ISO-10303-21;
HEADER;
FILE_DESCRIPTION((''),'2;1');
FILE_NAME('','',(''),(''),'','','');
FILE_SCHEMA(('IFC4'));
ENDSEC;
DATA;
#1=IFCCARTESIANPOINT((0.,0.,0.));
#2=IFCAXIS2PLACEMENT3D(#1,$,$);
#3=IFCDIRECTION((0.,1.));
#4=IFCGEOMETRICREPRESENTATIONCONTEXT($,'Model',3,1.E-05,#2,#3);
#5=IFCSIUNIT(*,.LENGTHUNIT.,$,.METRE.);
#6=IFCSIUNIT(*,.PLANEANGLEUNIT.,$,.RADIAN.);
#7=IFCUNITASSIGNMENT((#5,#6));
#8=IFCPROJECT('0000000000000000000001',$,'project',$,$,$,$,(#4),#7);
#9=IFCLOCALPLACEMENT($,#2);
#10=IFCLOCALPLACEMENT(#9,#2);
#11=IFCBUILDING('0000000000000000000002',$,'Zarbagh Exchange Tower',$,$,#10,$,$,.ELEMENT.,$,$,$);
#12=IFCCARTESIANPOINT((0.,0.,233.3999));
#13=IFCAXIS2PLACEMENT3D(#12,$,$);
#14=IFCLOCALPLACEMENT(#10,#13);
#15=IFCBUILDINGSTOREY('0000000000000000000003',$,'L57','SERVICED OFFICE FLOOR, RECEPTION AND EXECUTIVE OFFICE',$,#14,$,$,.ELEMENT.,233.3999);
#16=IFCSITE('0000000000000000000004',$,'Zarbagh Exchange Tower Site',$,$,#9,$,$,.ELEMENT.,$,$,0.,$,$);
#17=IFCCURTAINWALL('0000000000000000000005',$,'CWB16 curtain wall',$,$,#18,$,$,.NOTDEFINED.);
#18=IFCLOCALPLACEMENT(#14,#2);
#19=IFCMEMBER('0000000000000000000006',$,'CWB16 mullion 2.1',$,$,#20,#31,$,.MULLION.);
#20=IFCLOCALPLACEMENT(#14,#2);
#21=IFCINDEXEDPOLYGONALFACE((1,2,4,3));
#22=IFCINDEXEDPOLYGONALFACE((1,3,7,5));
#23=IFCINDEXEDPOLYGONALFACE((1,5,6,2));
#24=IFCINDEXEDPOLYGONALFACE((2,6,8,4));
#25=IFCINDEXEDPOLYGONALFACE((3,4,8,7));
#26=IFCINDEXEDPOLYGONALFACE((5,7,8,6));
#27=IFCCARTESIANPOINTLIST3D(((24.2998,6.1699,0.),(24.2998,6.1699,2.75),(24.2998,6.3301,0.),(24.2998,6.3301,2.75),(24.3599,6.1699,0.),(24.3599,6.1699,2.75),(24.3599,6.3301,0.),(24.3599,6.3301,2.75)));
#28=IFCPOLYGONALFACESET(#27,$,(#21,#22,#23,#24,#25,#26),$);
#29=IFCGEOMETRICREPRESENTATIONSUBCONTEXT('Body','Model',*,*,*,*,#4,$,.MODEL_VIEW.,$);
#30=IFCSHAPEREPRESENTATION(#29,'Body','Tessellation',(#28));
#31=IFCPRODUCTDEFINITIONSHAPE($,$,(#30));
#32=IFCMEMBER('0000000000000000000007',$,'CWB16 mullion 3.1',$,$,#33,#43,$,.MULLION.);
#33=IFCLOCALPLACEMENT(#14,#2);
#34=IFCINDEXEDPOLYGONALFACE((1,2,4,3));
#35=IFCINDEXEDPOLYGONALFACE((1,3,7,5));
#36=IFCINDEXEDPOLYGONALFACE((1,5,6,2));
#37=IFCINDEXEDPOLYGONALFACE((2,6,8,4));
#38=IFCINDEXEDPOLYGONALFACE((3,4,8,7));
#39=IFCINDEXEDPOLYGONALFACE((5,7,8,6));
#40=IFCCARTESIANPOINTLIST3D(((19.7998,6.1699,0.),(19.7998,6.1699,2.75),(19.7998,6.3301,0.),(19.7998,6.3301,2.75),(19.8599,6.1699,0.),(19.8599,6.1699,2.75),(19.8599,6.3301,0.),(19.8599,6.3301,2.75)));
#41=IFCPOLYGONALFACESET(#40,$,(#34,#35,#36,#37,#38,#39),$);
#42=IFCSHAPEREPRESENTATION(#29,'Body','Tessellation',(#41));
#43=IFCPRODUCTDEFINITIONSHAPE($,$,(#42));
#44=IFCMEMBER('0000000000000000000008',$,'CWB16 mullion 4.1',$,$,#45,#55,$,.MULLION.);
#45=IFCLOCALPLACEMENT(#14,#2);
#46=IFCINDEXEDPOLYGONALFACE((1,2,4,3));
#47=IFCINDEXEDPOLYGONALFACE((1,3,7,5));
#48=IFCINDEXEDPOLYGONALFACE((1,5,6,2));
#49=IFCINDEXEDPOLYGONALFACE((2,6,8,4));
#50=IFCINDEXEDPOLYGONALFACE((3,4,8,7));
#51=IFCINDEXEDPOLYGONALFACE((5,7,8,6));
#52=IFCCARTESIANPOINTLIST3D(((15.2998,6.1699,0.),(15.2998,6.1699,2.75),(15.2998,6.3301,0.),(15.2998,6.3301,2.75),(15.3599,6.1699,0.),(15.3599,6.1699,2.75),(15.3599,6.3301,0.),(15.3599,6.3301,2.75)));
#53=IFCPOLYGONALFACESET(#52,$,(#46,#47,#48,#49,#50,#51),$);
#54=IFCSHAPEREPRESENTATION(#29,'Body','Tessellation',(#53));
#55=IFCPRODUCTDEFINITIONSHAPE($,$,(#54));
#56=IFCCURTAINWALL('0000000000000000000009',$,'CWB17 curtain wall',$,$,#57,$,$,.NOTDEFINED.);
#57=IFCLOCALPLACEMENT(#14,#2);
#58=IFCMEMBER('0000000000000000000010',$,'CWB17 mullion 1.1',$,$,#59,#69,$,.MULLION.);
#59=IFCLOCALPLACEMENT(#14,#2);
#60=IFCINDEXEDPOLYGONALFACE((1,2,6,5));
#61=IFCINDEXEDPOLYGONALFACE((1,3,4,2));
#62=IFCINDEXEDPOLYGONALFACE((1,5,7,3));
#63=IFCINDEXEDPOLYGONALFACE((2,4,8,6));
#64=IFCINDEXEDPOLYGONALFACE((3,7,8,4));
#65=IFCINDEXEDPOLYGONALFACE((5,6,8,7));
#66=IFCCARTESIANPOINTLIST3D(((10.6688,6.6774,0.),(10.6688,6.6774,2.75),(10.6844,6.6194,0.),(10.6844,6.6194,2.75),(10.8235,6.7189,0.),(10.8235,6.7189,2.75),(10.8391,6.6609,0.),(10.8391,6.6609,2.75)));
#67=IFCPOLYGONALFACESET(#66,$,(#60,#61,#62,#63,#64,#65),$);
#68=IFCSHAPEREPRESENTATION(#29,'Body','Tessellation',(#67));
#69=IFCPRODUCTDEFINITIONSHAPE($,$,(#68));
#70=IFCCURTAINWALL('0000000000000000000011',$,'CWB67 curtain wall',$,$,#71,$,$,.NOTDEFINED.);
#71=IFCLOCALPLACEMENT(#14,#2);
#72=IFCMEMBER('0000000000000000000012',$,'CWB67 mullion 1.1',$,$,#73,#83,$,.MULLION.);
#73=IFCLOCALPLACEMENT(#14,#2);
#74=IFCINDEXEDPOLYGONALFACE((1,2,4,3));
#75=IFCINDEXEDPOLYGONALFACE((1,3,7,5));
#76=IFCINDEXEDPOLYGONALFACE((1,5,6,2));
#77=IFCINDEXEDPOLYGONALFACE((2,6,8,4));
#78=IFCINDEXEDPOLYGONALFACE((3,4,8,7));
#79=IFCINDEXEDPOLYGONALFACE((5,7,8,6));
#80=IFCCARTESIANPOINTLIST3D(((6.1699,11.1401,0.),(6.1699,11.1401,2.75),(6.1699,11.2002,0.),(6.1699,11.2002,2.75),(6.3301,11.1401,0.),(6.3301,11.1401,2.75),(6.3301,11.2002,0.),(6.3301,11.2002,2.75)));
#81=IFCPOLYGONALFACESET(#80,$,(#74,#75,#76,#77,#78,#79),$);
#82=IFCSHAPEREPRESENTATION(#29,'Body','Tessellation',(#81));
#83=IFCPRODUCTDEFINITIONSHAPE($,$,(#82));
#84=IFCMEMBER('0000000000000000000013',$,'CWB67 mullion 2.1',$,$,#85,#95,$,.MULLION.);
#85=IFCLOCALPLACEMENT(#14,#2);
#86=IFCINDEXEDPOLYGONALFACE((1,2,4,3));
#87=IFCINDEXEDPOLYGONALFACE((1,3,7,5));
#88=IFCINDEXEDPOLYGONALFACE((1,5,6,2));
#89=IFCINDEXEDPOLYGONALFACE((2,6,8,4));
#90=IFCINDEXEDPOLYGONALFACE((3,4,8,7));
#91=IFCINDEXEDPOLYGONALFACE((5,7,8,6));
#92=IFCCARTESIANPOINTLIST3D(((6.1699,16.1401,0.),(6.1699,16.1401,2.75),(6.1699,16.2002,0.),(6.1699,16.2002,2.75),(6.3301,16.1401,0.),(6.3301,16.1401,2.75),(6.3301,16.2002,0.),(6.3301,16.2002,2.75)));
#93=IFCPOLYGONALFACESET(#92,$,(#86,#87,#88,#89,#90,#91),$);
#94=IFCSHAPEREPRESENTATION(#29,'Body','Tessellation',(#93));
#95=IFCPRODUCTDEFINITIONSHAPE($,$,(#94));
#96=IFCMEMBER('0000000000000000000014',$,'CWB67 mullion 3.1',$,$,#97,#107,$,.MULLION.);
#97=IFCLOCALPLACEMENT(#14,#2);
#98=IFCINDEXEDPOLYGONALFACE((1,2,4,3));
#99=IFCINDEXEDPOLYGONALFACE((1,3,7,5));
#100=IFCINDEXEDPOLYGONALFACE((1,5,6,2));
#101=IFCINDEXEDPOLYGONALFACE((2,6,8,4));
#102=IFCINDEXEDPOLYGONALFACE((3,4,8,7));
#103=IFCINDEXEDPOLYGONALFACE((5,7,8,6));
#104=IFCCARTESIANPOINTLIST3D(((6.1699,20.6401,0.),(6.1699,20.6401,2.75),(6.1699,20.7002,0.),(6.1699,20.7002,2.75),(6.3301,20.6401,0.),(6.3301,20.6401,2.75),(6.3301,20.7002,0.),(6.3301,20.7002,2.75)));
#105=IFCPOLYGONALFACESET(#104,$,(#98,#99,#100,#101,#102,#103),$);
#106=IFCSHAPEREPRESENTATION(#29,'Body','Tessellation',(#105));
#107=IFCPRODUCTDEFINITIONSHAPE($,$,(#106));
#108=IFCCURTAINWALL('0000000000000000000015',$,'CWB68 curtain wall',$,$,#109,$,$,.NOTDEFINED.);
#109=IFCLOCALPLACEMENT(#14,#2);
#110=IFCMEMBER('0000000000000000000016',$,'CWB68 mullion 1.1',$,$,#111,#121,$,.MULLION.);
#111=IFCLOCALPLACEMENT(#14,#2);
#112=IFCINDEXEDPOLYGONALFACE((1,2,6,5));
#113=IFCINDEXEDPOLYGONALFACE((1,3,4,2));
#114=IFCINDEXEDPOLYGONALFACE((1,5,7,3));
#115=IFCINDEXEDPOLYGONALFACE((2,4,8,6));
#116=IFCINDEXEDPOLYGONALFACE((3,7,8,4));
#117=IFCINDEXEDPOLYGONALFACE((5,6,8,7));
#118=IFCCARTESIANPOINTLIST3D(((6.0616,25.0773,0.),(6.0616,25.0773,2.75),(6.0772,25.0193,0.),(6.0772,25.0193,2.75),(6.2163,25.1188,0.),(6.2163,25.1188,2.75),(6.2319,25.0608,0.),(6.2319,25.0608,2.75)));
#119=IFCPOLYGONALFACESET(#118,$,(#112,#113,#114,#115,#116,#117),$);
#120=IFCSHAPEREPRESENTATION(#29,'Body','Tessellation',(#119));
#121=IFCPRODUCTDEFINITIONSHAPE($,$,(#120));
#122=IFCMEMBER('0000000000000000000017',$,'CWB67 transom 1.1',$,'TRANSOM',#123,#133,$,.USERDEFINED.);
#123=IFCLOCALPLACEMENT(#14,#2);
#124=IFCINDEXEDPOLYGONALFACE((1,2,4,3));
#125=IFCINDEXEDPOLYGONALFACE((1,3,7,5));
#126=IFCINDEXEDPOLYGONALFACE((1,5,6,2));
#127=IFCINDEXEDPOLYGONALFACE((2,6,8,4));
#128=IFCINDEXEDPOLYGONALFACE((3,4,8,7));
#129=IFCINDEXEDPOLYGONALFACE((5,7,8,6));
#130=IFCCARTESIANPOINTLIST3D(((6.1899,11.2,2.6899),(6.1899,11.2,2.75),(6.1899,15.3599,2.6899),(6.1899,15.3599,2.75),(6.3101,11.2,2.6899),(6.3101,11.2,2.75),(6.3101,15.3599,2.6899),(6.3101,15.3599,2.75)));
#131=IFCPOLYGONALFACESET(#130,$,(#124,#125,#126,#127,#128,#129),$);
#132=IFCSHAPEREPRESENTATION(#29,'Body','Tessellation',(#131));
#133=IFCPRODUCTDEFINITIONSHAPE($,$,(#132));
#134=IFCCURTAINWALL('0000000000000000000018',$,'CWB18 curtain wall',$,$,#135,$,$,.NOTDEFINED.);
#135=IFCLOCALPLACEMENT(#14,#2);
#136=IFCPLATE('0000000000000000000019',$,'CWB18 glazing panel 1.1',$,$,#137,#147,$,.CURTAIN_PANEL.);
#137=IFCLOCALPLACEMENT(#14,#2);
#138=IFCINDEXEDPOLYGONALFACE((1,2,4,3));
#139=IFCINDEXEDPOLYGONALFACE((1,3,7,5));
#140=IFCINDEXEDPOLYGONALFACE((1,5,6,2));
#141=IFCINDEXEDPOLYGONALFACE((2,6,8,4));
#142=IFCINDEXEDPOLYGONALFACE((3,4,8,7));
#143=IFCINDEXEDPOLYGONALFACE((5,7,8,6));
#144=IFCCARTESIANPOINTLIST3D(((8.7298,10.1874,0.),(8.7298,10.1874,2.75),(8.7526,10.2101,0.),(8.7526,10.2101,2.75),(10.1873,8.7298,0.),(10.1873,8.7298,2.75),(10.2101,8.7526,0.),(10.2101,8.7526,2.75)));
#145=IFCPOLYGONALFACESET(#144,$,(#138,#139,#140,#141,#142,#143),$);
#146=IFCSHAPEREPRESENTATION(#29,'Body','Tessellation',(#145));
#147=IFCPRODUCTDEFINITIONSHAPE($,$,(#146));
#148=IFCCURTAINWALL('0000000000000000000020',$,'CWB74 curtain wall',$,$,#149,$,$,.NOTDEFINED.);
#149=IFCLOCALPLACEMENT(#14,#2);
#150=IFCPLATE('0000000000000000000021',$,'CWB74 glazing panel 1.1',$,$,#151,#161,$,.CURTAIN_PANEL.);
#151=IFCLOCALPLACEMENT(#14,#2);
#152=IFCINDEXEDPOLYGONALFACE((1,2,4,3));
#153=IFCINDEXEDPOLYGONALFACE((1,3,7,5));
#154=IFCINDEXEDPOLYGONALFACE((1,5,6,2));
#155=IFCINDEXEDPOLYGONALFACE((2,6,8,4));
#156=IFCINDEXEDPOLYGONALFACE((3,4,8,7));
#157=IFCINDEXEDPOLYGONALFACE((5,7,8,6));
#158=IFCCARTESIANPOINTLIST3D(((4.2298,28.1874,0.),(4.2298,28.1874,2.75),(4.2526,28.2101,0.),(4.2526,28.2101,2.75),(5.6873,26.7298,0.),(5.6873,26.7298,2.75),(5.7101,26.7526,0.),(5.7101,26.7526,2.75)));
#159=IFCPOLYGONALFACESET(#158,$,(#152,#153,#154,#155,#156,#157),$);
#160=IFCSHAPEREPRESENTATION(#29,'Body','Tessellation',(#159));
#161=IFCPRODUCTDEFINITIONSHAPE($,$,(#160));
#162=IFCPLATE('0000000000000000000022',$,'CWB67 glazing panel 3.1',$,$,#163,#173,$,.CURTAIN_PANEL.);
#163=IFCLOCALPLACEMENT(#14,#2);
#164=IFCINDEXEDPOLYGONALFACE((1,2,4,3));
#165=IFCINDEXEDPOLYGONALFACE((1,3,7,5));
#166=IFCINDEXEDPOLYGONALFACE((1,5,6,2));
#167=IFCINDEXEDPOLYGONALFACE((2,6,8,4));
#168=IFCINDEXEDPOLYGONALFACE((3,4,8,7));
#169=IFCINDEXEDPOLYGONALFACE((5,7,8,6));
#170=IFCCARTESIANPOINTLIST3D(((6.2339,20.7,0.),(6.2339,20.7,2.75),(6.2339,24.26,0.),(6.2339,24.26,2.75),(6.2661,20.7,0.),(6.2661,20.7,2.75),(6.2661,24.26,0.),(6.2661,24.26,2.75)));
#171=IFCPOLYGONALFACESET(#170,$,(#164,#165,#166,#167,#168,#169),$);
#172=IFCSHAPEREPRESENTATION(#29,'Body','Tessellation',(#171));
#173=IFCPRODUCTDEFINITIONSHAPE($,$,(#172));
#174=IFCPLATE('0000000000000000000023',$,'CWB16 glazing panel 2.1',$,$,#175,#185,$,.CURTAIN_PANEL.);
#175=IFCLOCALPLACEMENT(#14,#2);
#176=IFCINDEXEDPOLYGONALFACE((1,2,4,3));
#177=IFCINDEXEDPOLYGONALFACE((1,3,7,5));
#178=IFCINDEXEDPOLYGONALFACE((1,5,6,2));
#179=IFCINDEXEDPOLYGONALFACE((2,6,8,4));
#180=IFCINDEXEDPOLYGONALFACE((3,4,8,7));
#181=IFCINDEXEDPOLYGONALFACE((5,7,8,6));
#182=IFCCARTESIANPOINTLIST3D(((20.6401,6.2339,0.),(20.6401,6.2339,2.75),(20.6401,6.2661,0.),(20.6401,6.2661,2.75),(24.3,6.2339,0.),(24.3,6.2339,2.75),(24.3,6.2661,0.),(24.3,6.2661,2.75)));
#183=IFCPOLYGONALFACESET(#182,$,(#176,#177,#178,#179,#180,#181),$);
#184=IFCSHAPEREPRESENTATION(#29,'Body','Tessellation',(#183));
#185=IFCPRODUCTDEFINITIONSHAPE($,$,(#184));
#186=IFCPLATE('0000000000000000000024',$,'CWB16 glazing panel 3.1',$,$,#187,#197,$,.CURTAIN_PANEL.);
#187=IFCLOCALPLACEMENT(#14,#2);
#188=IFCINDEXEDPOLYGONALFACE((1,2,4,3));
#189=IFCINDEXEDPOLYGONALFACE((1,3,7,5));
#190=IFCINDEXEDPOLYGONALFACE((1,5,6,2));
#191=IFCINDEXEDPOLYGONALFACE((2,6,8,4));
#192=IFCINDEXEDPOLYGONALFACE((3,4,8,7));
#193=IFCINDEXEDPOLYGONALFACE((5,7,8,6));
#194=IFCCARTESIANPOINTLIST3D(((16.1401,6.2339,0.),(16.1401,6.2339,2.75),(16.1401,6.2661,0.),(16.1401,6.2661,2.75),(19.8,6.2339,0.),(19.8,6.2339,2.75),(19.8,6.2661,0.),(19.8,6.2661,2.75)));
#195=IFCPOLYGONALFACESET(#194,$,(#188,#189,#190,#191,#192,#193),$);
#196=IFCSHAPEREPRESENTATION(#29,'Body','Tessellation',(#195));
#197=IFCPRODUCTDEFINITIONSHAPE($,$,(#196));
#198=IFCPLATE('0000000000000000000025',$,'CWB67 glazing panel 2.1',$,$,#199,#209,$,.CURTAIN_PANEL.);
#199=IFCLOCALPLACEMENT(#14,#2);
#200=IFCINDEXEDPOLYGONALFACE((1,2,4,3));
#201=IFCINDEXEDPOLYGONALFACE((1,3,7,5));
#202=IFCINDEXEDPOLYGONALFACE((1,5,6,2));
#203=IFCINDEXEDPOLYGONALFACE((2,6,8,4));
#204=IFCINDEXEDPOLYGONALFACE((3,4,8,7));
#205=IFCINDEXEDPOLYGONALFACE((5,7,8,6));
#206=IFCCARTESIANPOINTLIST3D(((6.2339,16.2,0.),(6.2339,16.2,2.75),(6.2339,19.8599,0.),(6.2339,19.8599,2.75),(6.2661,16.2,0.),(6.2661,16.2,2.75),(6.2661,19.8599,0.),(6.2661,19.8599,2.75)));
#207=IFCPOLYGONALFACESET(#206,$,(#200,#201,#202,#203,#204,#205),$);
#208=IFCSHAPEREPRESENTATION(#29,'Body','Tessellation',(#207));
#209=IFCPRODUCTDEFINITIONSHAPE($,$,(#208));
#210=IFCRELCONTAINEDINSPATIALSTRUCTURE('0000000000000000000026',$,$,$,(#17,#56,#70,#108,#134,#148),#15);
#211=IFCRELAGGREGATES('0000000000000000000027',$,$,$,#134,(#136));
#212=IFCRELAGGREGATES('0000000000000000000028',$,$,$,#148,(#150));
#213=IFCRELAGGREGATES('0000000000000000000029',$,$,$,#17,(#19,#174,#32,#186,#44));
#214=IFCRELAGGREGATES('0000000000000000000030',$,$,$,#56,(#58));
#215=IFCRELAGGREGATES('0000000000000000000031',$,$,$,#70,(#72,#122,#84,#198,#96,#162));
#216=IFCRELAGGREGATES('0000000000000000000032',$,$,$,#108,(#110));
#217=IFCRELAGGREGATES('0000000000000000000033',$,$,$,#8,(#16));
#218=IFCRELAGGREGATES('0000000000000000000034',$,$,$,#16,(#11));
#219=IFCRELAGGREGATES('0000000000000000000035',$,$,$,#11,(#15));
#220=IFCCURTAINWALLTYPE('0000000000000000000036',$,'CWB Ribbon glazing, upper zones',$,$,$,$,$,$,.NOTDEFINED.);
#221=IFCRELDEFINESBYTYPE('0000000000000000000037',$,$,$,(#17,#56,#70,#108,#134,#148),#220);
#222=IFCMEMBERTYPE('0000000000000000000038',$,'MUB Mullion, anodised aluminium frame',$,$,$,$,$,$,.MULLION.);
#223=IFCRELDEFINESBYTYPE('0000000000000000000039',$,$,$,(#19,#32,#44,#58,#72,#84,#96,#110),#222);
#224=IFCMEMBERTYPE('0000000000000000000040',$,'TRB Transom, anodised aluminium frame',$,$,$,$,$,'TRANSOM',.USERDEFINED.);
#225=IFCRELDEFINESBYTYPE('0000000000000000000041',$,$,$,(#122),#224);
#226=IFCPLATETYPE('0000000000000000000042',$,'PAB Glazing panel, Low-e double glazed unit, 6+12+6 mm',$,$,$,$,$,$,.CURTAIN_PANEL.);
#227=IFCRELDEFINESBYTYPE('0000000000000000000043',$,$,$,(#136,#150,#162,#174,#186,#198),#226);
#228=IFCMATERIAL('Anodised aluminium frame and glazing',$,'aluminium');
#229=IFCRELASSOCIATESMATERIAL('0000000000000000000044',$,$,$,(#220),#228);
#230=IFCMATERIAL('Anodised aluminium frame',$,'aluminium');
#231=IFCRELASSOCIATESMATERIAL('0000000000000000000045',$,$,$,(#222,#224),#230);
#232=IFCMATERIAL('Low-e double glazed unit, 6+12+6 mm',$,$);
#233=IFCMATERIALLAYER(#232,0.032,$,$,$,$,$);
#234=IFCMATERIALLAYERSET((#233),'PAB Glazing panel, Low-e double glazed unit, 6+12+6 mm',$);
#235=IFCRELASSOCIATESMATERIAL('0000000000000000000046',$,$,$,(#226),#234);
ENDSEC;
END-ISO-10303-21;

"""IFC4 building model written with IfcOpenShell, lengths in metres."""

from ifc_helpers import new_model, si_unit, direction, frame, origin, place, context, subcontext, project, spatial, polyline, outline, extrude, source, transform, mapped, material, layer, layer_set, type_object, element, aggregate, save


model = new_model("IFC4")

# Units and contexts
model_context = context("Model", 3, precision=1e-05, world=origin(), true_north=direction((0.0, 1.0)))
body_context = subcontext(model_context, "Body", "Model", "MODEL_VIEW")
ifc_project = project(units=[si_unit("LENGTHUNIT", "METRE"), si_unit("PLANEANGLEUNIT", "RADIAN")], contexts=[model_context])

# Site, building, storey
site_placement = place(None, origin())
site = spatial("IfcSite", under=ifc_project, at=site_placement, Name="Zarbagh Exchange Tower Site", CompositionType="ELEMENT", RefElevation=0.0)
building_placement = place(site_placement, origin())
building = spatial("IfcBuilding", under=site, at=building_placement, Name="Zarbagh Exchange Tower", CompositionType="ELEMENT")
storey_placement = place(building_placement, frame((0.0, 0.0, 233.3999)))
storey = spatial("IfcBuildingStorey", under=building, at=storey_placement, Name="L57", Description="SERVICED OFFICE FLOOR, RECEPTION AND EXECUTIVE OFFICE", CompositionType="ELEMENT", Elevation=233.3999)

# Curtain wall, members
ifc_material_1 = material(Name="Anodised aluminium frame and glazing", Category="aluminium")
curtain_wall_type = type_object("IfcCurtainWallType", Name="CWB Ribbon glazing, upper zones", PredefinedType="NOTDEFINED", material=ifc_material_1)
curtain_wall_1_placement = place(storey_placement, origin())
curtain_wall_1 = element("IfcCurtainWall", 1, at=curtain_wall_1_placement, inside=storey, type_object=curtain_wall_type, Name="CWB16 curtain wall", PredefinedType="NOTDEFINED")
ifc_material_2 = material(Name="Anodised aluminium frame", Category="aluminium")
member_type_1 = type_object("IfcMemberType", Name="MUB Mullion, anodised aluminium frame", PredefinedType="MULLION", material=ifc_material_2)
shared_shape_1 = source(origin(), body_context, "Body", "SweptSolid", [
    extrude(outline(polyline([(0.0, -0.0801), (0.0601, -0.0801), (0.0601, 0.0801), (0.0, 0.0801), (0.0, -0.0801)])), origin(), (0.0, 0.0, 1.0), 2.75),
])
placement = place(storey_placement, origin())
member_1 = element("IfcMember", 2, at=placement, type_object=member_type_1, Name="CWB16 mullion 2.1", PredefinedType="MULLION", context=body_context, shape_type="MappedRepresentation", body=[
    mapped(shared_shape_1, transform((24.3599, 6.25, 0.0), x_axis=(-1.0, 0.0, 0.0), y_axis=(0.0, -1.0, 0.0), z_axis=(0.0, 0.0, 1.0))),
])
member_2 = element("IfcMember", 3, at=placement, type_object=member_type_1, Name="CWB16 mullion 3.1", PredefinedType="MULLION", context=body_context, shape_type="MappedRepresentation", body=[
    mapped(shared_shape_1, transform((19.8599, 6.25, 0.0), x_axis=(-1.0, 0.0, 0.0), y_axis=(0.0, -1.0, 0.0), z_axis=(0.0, 0.0, 1.0))),
])
member_3 = element("IfcMember", 4, at=placement, type_object=member_type_1, Name="CWB16 mullion 4.1", PredefinedType="MULLION", context=body_context, shape_type="MappedRepresentation", body=[
    mapped(shared_shape_1, transform((15.3599, 6.25, 0.0), x_axis=(-1.0, 0.0, 0.0), y_axis=(0.0, -1.0, 0.0), z_axis=(0.0, 0.0, 1.0))),
])

# Curtain wall, member
curtain_wall_2_placement = place(storey_placement, origin())
curtain_wall_2 = element("IfcCurtainWall", 5, at=curtain_wall_2_placement, inside=storey, type_object=curtain_wall_type, Name="CWB17 curtain wall", PredefinedType="NOTDEFINED")
member_4 = element("IfcMember", 6, at=placement, type_object=member_type_1, Name="CWB17 mullion 1.1", PredefinedType="MULLION", context=body_context, shape_type="MappedRepresentation", body=[
    mapped(shared_shape_1, transform((10.7617, 6.6401, 0.0), x_axis=(-0.258825, 0.965924, 0.0), y_axis=(-0.965924, -0.258825, 0.0), z_axis=(0.0, 0.0, 1.0))),
])

# Curtain wall, members
curtain_wall_3_placement = place(storey_placement, origin())
curtain_wall_3 = element("IfcCurtainWall", 7, at=curtain_wall_3_placement, inside=storey, type_object=curtain_wall_type, Name="CWB67 curtain wall", PredefinedType="NOTDEFINED")
member_5 = element("IfcMember", 8, at=placement, type_object=member_type_1, Name="CWB67 mullion 1.1", PredefinedType="MULLION", context=body_context, shape_type="MappedRepresentation", body=[
    mapped(shared_shape_1, transform((6.25, 11.1401, 0.0), x_axis=(0.0, 1.0, 0.0), y_axis=(-1.0, 0.0, 0.0), z_axis=(0.0, 0.0, 1.0))),
])
member_6 = element("IfcMember", 9, at=placement, type_object=member_type_1, Name="CWB67 mullion 2.1", PredefinedType="MULLION", context=body_context, shape_type="MappedRepresentation", body=[
    mapped(shared_shape_1, transform((6.25, 16.1401, 0.0), x_axis=(0.0, 1.0, 0.0), y_axis=(-1.0, 0.0, 0.0), z_axis=(0.0, 0.0, 1.0))),
])
member_7 = element("IfcMember", 10, at=placement, type_object=member_type_1, Name="CWB67 mullion 3.1", PredefinedType="MULLION", context=body_context, shape_type="MappedRepresentation", body=[
    mapped(shared_shape_1, transform((6.25, 20.6401, 0.0), x_axis=(0.0, 1.0, 0.0), y_axis=(-1.0, 0.0, 0.0), z_axis=(0.0, 0.0, 1.0))),
])

# Curtain wall, member
curtain_wall_4_placement = place(storey_placement, origin())
curtain_wall_4 = element("IfcCurtainWall", 11, at=curtain_wall_4_placement, inside=storey, type_object=curtain_wall_type, Name="CWB68 curtain wall", PredefinedType="NOTDEFINED")
member_8 = element("IfcMember", 12, at=placement, type_object=member_type_1, Name="CWB68 mullion 1.1", PredefinedType="MULLION", context=body_context, shape_type="MappedRepresentation", body=[
    mapped(shared_shape_1, transform((6.1545, 25.04, 0.0), x_axis=(-0.258825, 0.965924, 0.0), y_axis=(-0.965924, -0.258825, 0.0), z_axis=(0.0, 0.0, 1.0))),
])

# Member
member_type_2 = type_object("IfcMemberType", Name="TRB Transom, anodised aluminium frame", ElementType="TRANSOM", PredefinedType="USERDEFINED", material=ifc_material_2)
shared_shape_2 = source(origin(), body_context, "Body", "SweptSolid", [
    extrude(outline(polyline([(-0.0601, -0.0601), (0.0, -0.0601), (0.0, 0.0601), (-0.0601, 0.0601), (-0.0601, -0.0601)])), origin(), (0.0, 0.0, 1.0), 4.1599),
])
member_9 = element("IfcMember", 13, at=placement, type_object=member_type_2, Name="CWB67 transom 1.1", ObjectType="TRANSOM", PredefinedType="USERDEFINED", context=body_context, shape_type="MappedRepresentation", body=[
    mapped(shared_shape_2, transform((6.25, 11.2, 2.75), x_axis=(0.0, 0.0, 1.0), y_axis=(1.0, 0.0, 0.0), z_axis=(0.0, 1.0, 0.0))),
])

# Curtain walls, plates
curtain_wall_5_placement = place(storey_placement, origin())
curtain_wall_5 = element("IfcCurtainWall", 14, at=curtain_wall_5_placement, inside=storey, type_object=curtain_wall_type, Name="CWB18 curtain wall", PredefinedType="NOTDEFINED")
ifc_material_3 = material(Name="Low-e double glazed unit, 6+12+6 mm")
ifc_layer = layer(ifc_material_3, 0.032)
ifc_layer_set = layer_set([ifc_layer], Name="PAB Glazing panel, Low-e double glazed unit, 6+12+6 mm")
plate_type = type_object("IfcPlateType", Name="PAB Glazing panel, Low-e double glazed unit, 6+12+6 mm", PredefinedType="CURTAIN_PANEL", material=ifc_layer_set)
shared_shape_3 = source(origin(), body_context, "Body", "SweptSolid", [
    extrude(outline(polyline([(0.0, -0.0161), (2.0613, -0.0161), (2.0613, 0.0161), (0.0, 0.0161), (0.0, -0.0161)])), origin(), (0.0, 0.0, 1.0), 2.75),
])
plate_1 = element("IfcPlate", 15, at=placement, type_object=plate_type, Name="CWB18 glazing panel 1.1", PredefinedType="CURTAIN_PANEL", context=body_context, shape_type="MappedRepresentation", body=[
    mapped(shared_shape_3, transform((10.1987, 8.7412, 0.0), x_axis=(-0.707107, 0.707107, 0.0), y_axis=(-0.707107, -0.707107, 0.0), z_axis=(0.0, 0.0, 1.0))),
])
aggregate(curtain_wall_5, [plate_1])
curtain_wall_6_placement = place(storey_placement, origin())
curtain_wall_6 = element("IfcCurtainWall", 16, at=curtain_wall_6_placement, inside=storey, type_object=curtain_wall_type, Name="CWB74 curtain wall", PredefinedType="NOTDEFINED")
plate_2 = element("IfcPlate", 17, at=placement, type_object=plate_type, Name="CWB74 glazing panel 1.1", PredefinedType="CURTAIN_PANEL", context=body_context, shape_type="MappedRepresentation", body=[
    mapped(shared_shape_3, transform((5.6987, 26.7412, 0.0), x_axis=(-0.707107, 0.707107, 0.0), y_axis=(-0.707107, -0.707107, 0.0), z_axis=(0.0, 0.0, 1.0))),
])
aggregate(curtain_wall_6, [plate_2])

# Plates
shared_shape_4 = source(origin(), body_context, "Body", "SweptSolid", [
    extrude(outline(polyline([(0.0, -0.0161), (3.5601, -0.0161), (3.5601, 0.0161), (0.0, 0.0161), (0.0, -0.0161)])), origin(), (0.0, 0.0, 1.0), 2.75),
])
plate_3 = element("IfcPlate", 18, at=placement, type_object=plate_type, Name="CWB67 glazing panel 3.1", PredefinedType="CURTAIN_PANEL", context=body_context, shape_type="MappedRepresentation", body=[
    mapped(shared_shape_4, transform((6.25, 20.7, 0.0), x_axis=(0.0, 1.0, 0.0), y_axis=(-1.0, 0.0, 0.0), z_axis=(0.0, 0.0, 1.0))),
])
shared_shape_5 = source(origin(), body_context, "Body", "SweptSolid", [
    extrude(outline(polyline([(0.0, -0.0161), (3.6599, -0.0161), (3.6599, 0.0161), (0.0, 0.0161), (0.0, -0.0161)])), origin(), (0.0, 0.0, 1.0), 2.75),
])
plate_4 = element("IfcPlate", 19, at=placement, type_object=plate_type, Name="CWB16 glazing panel 2.1", PredefinedType="CURTAIN_PANEL", context=body_context, shape_type="MappedRepresentation", body=[
    mapped(shared_shape_5, transform((24.3, 6.25, 0.0), x_axis=(-1.0, 0.0, 0.0), y_axis=(0.0, -1.0, 0.0), z_axis=(0.0, 0.0, 1.0))),
])
plate_5 = element("IfcPlate", 20, at=placement, type_object=plate_type, Name="CWB16 glazing panel 3.1", PredefinedType="CURTAIN_PANEL", context=body_context, shape_type="MappedRepresentation", body=[
    mapped(shared_shape_5, transform((19.8, 6.25, 0.0), x_axis=(-1.0, 0.0, 0.0), y_axis=(0.0, -1.0, 0.0), z_axis=(0.0, 0.0, 1.0))),
])
plate_6 = element("IfcPlate", 21, at=placement, type_object=plate_type, Name="CWB67 glazing panel 2.1", PredefinedType="CURTAIN_PANEL", context=body_context, shape_type="MappedRepresentation", body=[
    mapped(shared_shape_5, transform((6.25, 16.2, 0.0), x_axis=(0.0, 1.0, 0.0), y_axis=(-1.0, 0.0, 0.0), z_axis=(0.0, 0.0, 1.0))),
])
aggregate(curtain_wall_1, [member_1, plate_4, member_2, plate_5, member_3])
aggregate(curtain_wall_2, [member_4])

aggregate(curtain_wall_3, [member_5, member_9, member_6, plate_6, member_7, plate_3])
aggregate(curtain_wall_4, [member_8])

save(model, "model.ifc")
